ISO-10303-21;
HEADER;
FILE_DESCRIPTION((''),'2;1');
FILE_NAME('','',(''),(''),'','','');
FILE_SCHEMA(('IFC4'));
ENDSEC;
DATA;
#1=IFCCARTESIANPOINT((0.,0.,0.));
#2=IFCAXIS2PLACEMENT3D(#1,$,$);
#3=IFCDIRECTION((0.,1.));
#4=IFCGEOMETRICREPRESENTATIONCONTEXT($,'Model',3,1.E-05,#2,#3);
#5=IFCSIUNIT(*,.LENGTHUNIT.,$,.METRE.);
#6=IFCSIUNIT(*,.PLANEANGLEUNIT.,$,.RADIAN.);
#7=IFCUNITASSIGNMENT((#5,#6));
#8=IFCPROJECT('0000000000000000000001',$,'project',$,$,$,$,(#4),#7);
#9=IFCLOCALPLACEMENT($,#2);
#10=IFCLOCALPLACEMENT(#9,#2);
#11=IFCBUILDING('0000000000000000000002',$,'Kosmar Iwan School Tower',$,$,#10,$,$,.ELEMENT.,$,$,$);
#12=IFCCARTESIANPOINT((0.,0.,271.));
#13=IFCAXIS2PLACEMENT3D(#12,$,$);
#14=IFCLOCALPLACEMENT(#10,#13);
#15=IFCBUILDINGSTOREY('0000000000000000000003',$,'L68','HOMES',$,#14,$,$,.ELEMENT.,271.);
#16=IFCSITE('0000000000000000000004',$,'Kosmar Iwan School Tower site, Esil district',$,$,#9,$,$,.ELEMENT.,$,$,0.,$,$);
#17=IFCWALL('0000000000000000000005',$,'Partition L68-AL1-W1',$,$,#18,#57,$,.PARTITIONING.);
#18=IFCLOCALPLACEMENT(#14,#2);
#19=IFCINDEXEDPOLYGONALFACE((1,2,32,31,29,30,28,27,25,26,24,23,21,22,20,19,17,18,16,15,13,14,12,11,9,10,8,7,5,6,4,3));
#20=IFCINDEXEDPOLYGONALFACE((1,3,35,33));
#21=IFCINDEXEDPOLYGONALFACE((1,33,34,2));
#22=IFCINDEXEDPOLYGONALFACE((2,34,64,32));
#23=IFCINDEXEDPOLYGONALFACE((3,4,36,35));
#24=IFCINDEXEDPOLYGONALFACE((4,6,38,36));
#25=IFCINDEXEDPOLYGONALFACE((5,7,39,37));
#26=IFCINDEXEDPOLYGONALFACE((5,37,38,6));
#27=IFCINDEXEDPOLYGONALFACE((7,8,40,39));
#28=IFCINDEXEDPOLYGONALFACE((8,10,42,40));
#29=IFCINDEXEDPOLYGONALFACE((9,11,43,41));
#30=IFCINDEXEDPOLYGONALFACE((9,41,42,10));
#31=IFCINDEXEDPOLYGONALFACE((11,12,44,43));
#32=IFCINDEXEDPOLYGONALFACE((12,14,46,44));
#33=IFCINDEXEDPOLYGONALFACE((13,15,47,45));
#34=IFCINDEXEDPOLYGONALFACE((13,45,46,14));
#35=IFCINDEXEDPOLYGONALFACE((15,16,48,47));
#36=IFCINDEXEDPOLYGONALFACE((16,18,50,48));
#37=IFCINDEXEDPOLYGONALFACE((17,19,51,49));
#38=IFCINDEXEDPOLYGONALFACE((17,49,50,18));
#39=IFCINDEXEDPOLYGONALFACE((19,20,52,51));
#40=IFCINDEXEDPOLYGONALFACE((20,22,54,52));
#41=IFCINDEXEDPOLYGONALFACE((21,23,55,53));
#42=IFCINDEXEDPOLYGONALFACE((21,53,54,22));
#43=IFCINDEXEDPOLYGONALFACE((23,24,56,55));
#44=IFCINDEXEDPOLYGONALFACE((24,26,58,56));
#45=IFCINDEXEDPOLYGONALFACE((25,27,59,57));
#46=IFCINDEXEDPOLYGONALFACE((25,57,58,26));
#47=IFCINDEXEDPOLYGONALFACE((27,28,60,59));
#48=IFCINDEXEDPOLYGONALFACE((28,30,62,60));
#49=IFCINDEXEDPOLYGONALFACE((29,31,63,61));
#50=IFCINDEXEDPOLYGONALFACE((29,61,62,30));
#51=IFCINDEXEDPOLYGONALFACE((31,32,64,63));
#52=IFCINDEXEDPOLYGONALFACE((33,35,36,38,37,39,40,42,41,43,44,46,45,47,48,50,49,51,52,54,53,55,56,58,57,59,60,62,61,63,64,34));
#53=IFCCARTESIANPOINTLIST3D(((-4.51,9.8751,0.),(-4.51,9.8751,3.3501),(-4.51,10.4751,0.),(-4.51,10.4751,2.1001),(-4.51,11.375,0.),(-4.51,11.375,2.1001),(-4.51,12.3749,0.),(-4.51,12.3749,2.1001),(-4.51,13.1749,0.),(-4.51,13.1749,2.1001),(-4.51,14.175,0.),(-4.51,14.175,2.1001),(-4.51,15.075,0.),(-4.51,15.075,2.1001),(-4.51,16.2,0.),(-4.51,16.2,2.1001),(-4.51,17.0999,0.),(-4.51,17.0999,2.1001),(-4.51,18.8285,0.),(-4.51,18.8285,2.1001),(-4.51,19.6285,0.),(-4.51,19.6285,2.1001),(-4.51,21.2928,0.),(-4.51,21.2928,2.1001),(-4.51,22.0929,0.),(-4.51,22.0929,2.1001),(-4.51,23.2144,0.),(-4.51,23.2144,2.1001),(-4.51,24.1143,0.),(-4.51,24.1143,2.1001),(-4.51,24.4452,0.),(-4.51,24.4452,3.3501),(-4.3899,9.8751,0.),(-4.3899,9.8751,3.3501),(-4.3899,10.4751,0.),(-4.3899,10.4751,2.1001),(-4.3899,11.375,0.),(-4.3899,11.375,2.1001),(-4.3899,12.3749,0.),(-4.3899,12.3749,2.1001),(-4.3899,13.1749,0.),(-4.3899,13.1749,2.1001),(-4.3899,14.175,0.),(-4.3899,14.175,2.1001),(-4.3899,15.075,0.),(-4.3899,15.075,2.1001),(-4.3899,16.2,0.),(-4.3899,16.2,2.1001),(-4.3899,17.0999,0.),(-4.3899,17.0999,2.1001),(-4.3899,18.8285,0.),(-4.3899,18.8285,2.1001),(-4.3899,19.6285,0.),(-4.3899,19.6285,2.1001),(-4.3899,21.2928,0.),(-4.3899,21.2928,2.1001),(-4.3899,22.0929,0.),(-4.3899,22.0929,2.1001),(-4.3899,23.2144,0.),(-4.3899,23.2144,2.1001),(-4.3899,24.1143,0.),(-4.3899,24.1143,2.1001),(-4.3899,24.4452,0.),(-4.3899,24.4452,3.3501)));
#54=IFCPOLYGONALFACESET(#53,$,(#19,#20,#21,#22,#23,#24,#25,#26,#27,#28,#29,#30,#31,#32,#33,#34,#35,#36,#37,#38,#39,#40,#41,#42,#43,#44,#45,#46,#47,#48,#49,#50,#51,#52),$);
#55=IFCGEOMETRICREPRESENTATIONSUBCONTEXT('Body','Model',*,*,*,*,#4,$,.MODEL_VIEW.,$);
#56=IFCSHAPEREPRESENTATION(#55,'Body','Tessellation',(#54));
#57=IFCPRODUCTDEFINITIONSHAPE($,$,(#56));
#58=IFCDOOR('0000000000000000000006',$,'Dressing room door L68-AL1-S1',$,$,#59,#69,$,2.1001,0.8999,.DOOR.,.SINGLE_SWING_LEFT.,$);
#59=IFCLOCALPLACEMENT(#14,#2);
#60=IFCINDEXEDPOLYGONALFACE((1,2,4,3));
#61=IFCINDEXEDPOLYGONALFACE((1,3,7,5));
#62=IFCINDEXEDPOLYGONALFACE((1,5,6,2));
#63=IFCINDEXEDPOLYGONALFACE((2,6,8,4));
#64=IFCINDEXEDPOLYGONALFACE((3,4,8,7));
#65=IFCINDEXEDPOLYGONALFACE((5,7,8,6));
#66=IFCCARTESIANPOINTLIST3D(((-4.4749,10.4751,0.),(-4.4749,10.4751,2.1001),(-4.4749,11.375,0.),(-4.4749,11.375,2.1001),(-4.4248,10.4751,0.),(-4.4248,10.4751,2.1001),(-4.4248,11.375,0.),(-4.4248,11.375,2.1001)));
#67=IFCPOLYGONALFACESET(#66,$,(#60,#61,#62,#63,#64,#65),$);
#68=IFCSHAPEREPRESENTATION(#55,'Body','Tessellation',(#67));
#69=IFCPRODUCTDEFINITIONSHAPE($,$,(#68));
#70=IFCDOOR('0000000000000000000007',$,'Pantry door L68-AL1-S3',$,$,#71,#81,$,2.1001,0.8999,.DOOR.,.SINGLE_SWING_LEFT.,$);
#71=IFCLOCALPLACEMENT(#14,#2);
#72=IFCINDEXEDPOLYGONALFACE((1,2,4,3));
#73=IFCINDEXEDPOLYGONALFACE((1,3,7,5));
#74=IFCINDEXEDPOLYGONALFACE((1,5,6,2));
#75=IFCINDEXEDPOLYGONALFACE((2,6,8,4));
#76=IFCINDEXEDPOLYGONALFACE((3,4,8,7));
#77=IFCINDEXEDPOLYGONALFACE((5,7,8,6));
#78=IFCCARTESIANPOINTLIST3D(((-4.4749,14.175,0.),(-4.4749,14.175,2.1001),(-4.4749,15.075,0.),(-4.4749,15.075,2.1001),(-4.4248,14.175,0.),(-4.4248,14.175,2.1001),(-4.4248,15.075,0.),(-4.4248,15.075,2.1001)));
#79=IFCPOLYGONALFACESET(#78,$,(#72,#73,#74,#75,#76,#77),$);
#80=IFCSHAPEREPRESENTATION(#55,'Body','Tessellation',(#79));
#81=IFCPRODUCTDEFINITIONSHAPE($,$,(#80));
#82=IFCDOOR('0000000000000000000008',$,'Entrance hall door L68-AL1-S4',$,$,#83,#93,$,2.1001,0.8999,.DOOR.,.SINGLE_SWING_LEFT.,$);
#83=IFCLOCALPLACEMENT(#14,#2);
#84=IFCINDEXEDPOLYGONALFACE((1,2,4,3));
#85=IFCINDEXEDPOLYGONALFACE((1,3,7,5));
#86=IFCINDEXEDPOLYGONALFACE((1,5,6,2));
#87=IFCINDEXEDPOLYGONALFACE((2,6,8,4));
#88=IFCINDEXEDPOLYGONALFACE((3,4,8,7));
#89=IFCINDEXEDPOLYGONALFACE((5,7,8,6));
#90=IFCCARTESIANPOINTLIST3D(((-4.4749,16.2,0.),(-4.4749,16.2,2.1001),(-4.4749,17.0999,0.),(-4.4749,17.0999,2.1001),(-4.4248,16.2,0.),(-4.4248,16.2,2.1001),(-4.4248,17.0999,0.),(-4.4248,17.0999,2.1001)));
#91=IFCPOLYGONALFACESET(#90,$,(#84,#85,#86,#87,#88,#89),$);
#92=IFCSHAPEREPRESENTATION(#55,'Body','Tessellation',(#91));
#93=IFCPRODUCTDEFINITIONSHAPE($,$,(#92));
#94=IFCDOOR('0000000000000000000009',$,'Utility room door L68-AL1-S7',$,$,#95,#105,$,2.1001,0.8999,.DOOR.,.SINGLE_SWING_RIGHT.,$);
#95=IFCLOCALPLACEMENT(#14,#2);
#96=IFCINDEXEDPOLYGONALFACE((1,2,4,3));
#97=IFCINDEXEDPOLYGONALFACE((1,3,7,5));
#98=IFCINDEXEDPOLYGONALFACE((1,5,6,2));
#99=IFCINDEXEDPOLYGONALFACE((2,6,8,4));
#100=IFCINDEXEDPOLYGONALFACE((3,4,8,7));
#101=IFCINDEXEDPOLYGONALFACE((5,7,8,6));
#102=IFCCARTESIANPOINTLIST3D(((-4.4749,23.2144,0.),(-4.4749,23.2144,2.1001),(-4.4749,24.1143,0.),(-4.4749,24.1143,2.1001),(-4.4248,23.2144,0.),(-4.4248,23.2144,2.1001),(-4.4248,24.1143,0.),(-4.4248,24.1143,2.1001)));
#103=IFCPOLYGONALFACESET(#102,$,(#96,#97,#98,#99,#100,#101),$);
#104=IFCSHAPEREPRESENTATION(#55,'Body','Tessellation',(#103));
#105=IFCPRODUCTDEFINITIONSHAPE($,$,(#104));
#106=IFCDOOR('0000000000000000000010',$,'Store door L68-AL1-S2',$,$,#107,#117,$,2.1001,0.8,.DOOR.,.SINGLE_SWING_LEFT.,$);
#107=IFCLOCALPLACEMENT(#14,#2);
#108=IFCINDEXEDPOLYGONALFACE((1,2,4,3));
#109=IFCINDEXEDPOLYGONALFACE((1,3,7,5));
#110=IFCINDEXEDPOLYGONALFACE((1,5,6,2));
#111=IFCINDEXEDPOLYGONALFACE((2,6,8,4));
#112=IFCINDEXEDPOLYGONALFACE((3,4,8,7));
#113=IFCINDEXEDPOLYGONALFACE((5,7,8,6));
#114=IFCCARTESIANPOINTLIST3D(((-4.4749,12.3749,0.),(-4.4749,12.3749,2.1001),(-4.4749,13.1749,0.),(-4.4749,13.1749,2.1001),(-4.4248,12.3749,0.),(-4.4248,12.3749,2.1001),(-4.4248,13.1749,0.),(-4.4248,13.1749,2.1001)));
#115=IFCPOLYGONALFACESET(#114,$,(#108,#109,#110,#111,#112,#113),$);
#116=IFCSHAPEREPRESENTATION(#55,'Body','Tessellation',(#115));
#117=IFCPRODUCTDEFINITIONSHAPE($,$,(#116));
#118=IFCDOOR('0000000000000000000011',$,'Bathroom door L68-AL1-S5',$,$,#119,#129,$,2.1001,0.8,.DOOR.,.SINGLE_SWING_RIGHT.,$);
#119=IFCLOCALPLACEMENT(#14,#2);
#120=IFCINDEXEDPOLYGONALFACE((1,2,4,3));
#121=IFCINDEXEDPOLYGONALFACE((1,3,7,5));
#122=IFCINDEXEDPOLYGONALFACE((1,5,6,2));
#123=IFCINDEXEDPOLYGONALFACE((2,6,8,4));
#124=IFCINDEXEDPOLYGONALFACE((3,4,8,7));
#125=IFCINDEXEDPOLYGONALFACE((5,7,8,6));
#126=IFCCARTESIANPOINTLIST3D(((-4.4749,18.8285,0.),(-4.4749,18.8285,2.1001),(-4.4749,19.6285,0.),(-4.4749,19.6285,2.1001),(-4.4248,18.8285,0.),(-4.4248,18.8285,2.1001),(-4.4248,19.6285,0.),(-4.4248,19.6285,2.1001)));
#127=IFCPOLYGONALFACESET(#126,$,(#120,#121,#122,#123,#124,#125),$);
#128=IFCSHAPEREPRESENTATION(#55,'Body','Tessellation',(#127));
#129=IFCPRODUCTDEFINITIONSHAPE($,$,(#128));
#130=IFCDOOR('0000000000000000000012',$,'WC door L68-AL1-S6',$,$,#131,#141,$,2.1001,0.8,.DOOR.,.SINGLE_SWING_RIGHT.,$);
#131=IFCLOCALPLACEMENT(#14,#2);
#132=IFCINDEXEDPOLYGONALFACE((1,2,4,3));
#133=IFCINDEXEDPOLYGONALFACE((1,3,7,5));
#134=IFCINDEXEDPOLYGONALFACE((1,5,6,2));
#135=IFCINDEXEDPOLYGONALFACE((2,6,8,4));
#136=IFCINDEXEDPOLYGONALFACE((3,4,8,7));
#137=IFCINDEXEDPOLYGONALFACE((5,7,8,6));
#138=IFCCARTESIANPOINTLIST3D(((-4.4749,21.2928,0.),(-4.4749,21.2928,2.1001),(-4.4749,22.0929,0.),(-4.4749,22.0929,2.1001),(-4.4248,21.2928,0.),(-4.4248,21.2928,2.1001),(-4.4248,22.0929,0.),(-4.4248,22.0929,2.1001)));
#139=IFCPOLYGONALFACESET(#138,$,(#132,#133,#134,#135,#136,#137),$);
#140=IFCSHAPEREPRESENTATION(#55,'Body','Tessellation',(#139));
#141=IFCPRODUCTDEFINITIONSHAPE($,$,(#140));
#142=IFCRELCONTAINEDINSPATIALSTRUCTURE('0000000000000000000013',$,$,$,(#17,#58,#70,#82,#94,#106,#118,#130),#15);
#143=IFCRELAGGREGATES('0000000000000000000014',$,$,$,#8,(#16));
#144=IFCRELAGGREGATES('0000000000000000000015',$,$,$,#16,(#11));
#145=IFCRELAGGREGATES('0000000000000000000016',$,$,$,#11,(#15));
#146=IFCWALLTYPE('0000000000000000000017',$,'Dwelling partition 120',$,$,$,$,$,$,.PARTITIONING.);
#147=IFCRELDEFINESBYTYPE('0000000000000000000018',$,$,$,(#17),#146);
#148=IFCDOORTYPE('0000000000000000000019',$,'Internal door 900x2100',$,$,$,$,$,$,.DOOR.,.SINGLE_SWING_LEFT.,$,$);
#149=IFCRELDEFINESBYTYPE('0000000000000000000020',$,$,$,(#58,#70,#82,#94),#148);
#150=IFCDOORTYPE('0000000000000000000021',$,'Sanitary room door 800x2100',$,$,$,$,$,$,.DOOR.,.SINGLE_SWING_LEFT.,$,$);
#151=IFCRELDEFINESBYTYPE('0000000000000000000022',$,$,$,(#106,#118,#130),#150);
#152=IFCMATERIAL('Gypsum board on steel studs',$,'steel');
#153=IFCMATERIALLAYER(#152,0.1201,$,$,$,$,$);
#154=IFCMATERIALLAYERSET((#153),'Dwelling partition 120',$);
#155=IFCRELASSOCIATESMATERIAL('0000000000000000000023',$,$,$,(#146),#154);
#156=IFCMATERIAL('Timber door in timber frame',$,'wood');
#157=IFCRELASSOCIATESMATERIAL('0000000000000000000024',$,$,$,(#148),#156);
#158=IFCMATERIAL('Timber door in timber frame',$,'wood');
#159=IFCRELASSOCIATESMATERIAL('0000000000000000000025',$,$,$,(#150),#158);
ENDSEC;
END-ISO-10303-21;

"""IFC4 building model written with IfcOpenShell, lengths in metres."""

from ifc_helpers import new_model, si_unit, direction, frame, frame_2d, origin, place, context, subcontext, project, spatial, rectangle, extrude, material, layer, layer_set, type_object, element, fill, save


model = new_model("IFC4")

# Units and contexts
model_context = context("Model", 3, precision=1e-05, world=origin(), true_north=direction((0.0, 1.0)))
body_context = subcontext(model_context, "Body", "Model", "MODEL_VIEW")
ifc_project = project(units=[si_unit("LENGTHUNIT", "METRE"), si_unit("PLANEANGLEUNIT", "RADIAN")], contexts=[model_context])

# Site, building, storey
site_placement = place(None, origin())
site = spatial("IfcSite", under=ifc_project, at=site_placement, Name="Kosmar Iwan School Tower site, Esil district", CompositionType="ELEMENT", RefElevation=0.0)
building_placement = place(site_placement, origin())
building = spatial("IfcBuilding", under=site, at=building_placement, Name="Kosmar Iwan School Tower", CompositionType="ELEMENT")
storey_placement = place(building_placement, frame((0.0, 0.0, 271.0)))
storey = spatial("IfcBuildingStorey", under=building, at=storey_placement, Name="L68", Description="HOMES", CompositionType="ELEMENT", Elevation=271.0)

# Wall, openings, doors
ifc_material_1 = material(Name="Gypsum board on steel studs", Category="steel")
ifc_layer_1 = layer(ifc_material_1, 0.1201)
ifc_layer_set_1 = layer_set([ifc_layer_1], Name="Dwelling partition 120")
wall_type_1 = type_object("IfcWallType", Name="Dwelling partition 120", PredefinedType="PARTITIONING", material=ifc_layer_set_1)
wall_1_placement = place(storey_placement, frame((-4.45, 9.875, 0.0), z_axis=(0.0, 0.0, 1.0), x_axis=(0.0, 1.0, 0.0)))
wall_1 = element("IfcWall", 1, at=wall_1_placement, inside=storey, type_object=wall_type_1, Name="Partition L68-AL1-W1", PredefinedType="PARTITIONING", context=body_context, shape_type="SweptSolid", body=[
    extrude(rectangle(XDim=14.5701, YDim=0.1201, at=frame_2d((7.2852, 0.0))), origin(), (0.0, 0.0, 1.0), 3.3501),
])
opening_1_placement = place(wall_1_placement, frame((0.6001, 0.0, 0.0)))
opening_1 = element("IfcOpeningElement", 2, at=opening_1_placement, cuts=wall_1, PredefinedType="OPENING", context=body_context, shape_type="SweptSolid", body=[
    extrude(rectangle(XDim=0.8999, YDim=2.1001, at=frame_2d((0.45, 1.05))), frame((0.0, 0.072, 0.0), z_axis=(0.0, -1.0, 0.0), x_axis=(1.0, 0.0, 0.0)), (0.0, 0.0, 1.0), 0.144),
])
opening_2_placement = place(wall_1_placement, frame((2.5, 0.0, 0.0)))
opening_2 = element("IfcOpeningElement", 3, at=opening_2_placement, cuts=wall_1, PredefinedType="OPENING", context=body_context, shape_type="SweptSolid", body=[
    extrude(rectangle(XDim=0.8, YDim=2.1001, at=frame_2d((0.3999, 1.05))), frame((0.0, 0.072, 0.0), z_axis=(0.0, -1.0, 0.0), x_axis=(1.0, 0.0, 0.0)), (0.0, 0.0, 1.0), 0.144),
])
opening_3_placement = place(wall_1_placement, frame((4.3, 0.0, 0.0)))
opening_3 = element("IfcOpeningElement", 4, at=opening_3_placement, cuts=wall_1, PredefinedType="OPENING", context=body_context, shape_type="SweptSolid", body=[
    extrude(rectangle(XDim=0.8999, YDim=2.1001, at=frame_2d((0.45, 1.05))), frame((0.0, 0.072, 0.0), z_axis=(0.0, -1.0, 0.0), x_axis=(1.0, 0.0, 0.0)), (0.0, 0.0, 1.0), 0.144),
])
opening_4_placement = place(wall_1_placement, frame((6.325, 0.0, 0.0)))
opening_4 = element("IfcOpeningElement", 5, at=opening_4_placement, cuts=wall_1, PredefinedType="OPENING", context=body_context, shape_type="SweptSolid", body=[
    extrude(rectangle(XDim=0.8999, YDim=2.1001, at=frame_2d((0.45, 1.05))), frame((0.0, 0.072, 0.0), z_axis=(0.0, -1.0, 0.0), x_axis=(1.0, 0.0, 0.0)), (0.0, 0.0, 1.0), 0.144),
])
opening_5_placement = place(wall_1_placement, frame((8.9536, 0.0, 0.0)))
opening_5 = element("IfcOpeningElement", 6, at=opening_5_placement, cuts=wall_1, PredefinedType="OPENING", context=body_context, shape_type="SweptSolid", body=[
    extrude(rectangle(XDim=0.8, YDim=2.1001, at=frame_2d((0.3999, 1.05))), frame((0.0, 0.072, 0.0), z_axis=(0.0, -1.0, 0.0), x_axis=(1.0, 0.0, 0.0)), (0.0, 0.0, 1.0), 0.144),
])
opening_6_placement = place(wall_1_placement, frame((11.418, 0.0, 0.0)))
opening_6 = element("IfcOpeningElement", 7, at=opening_6_placement, cuts=wall_1, PredefinedType="OPENING", context=body_context, shape_type="SweptSolid", body=[
    extrude(rectangle(XDim=0.8, YDim=2.1001, at=frame_2d((0.3999, 1.05))), frame((0.0, 0.072, 0.0), z_axis=(0.0, -1.0, 0.0), x_axis=(1.0, 0.0, 0.0)), (0.0, 0.0, 1.0), 0.144),
])
opening_7_placement = place(wall_1_placement, frame((13.3394, 0.0, 0.0)))
opening_7 = element("IfcOpeningElement", 8, at=opening_7_placement, cuts=wall_1, PredefinedType="OPENING", context=body_context, shape_type="SweptSolid", body=[
    extrude(rectangle(XDim=0.8999, YDim=2.1001, at=frame_2d((0.45, 1.05))), frame((0.0, 0.072, 0.0), z_axis=(0.0, -1.0, 0.0), x_axis=(1.0, 0.0, 0.0)), (0.0, 0.0, 1.0), 0.144),
])
ifc_material_2 = material(Name="Timber door in timber frame", Category="wood")
door_type_1 = type_object("IfcDoorType", Name="Internal door 900x2100", OperationType="SINGLE_SWING_LEFT", PredefinedType="DOOR", material=ifc_material_2)
door_1_placement = place(opening_1_placement, origin())
door_1 = element("IfcDoor", 9, at=door_1_placement, inside=storey, type_object=door_type_1, Name="Dressing room door L68-AL1-S1", OperationType="SINGLE_SWING_LEFT", OverallHeight=2.1001, OverallWidth=0.8999, PredefinedType="DOOR", context=body_context, shape_type="SweptSolid", body=[
    extrude(rectangle(XDim=0.8999, YDim=2.1001, at=frame_2d((0.45, 1.05))), frame((0.0, 0.0249, 0.0), z_axis=(0.0, -1.0, 0.0), x_axis=(1.0, 0.0, 0.0)), (0.0, 0.0, 1.0), 0.05),
])
fill(opening_1, door_1)
door_2_placement = place(opening_3_placement, origin())
door_2 = element("IfcDoor", 10, at=door_2_placement, inside=storey, type_object=door_type_1, Name="Pantry door L68-AL1-S3", OperationType="SINGLE_SWING_LEFT", OverallHeight=2.1001, OverallWidth=0.8999, PredefinedType="DOOR", context=body_context, shape_type="SweptSolid", body=[
    extrude(rectangle(XDim=0.8999, YDim=2.1001, at=frame_2d((0.45, 1.05))), frame((0.0, 0.0249, 0.0), z_axis=(0.0, -1.0, 0.0), x_axis=(1.0, 0.0, 0.0)), (0.0, 0.0, 1.0), 0.05),
])
fill(opening_3, door_2)
door_3_placement = place(opening_4_placement, origin())
door_3 = element("IfcDoor", 11, at=door_3_placement, inside=storey, type_object=door_type_1, Name="Entrance hall door L68-AL1-S4", OperationType="SINGLE_SWING_LEFT", OverallHeight=2.1001, OverallWidth=0.8999, PredefinedType="DOOR", context=body_context, shape_type="SweptSolid", body=[
    extrude(rectangle(XDim=0.8999, YDim=2.1001, at=frame_2d((0.45, 1.05))), frame((0.0, 0.0249, 0.0), z_axis=(0.0, -1.0, 0.0), x_axis=(1.0, 0.0, 0.0)), (0.0, 0.0, 1.0), 0.05),
])
fill(opening_4, door_3)
door_4_placement = place(opening_7_placement, origin())
door_4 = element("IfcDoor", 12, at=door_4_placement, inside=storey, type_object=door_type_1, Name="Utility room door L68-AL1-S7", OperationType="SINGLE_SWING_RIGHT", OverallHeight=2.1001, OverallWidth=0.8999, PredefinedType="DOOR", context=body_context, shape_type="SweptSolid", body=[
    extrude(rectangle(XDim=0.8999, YDim=2.1001, at=frame_2d((0.45, 1.05))), frame((0.0, 0.0249, 0.0), z_axis=(0.0, -1.0, 0.0), x_axis=(1.0, 0.0, 0.0)), (0.0, 0.0, 1.0), 0.05),
])
fill(opening_7, door_4)
ifc_material_3 = material(Name="Timber door in timber frame", Category="wood")
door_type_2 = type_object("IfcDoorType", Name="Sanitary room door 800x2100", OperationType="SINGLE_SWING_LEFT", PredefinedType="DOOR", material=ifc_material_3)
door_5_placement = place(opening_2_placement, origin())
door_5 = element("IfcDoor", 13, at=door_5_placement, inside=storey, type_object=door_type_2, Name="Store door L68-AL1-S2", OperationType="SINGLE_SWING_LEFT", OverallHeight=2.1001, OverallWidth=0.8, PredefinedType="DOOR", context=body_context, shape_type="SweptSolid", body=[
    extrude(rectangle(XDim=0.8, YDim=2.1001, at=frame_2d((0.3999, 1.05))), frame((0.0, 0.0249, 0.0), z_axis=(0.0, -1.0, 0.0), x_axis=(1.0, 0.0, 0.0)), (0.0, 0.0, 1.0), 0.05),
])
fill(opening_2, door_5)
door_6_placement = place(opening_5_placement, origin())
door_6 = element("IfcDoor", 14, at=door_6_placement, inside=storey, type_object=door_type_2, Name="Bathroom door L68-AL1-S5", OperationType="SINGLE_SWING_RIGHT", OverallHeight=2.1001, OverallWidth=0.8, PredefinedType="DOOR", context=body_context, shape_type="SweptSolid", body=[
    extrude(rectangle(XDim=0.8, YDim=2.1001, at=frame_2d((0.3999, 1.05))), frame((0.0, 0.0249, 0.0), z_axis=(0.0, -1.0, 0.0), x_axis=(1.0, 0.0, 0.0)), (0.0, 0.0, 1.0), 0.05),
])
fill(opening_5, door_6)
door_7_placement = place(opening_6_placement, origin())
door_7 = element("IfcDoor", 15, at=door_7_placement, inside=storey, type_object=door_type_2, Name="WC door L68-AL1-S6", OperationType="SINGLE_SWING_RIGHT", OverallHeight=2.1001, OverallWidth=0.8, PredefinedType="DOOR", context=body_context, shape_type="SweptSolid", body=[
    extrude(rectangle(XDim=0.8, YDim=2.1001, at=frame_2d((0.3999, 1.05))), frame((0.0, 0.0249, 0.0), z_axis=(0.0, -1.0, 0.0), x_axis=(1.0, 0.0, 0.0)), (0.0, 0.0, 1.0), 0.05),
])
fill(opening_6, door_7)

save(model, "model.ifc")
